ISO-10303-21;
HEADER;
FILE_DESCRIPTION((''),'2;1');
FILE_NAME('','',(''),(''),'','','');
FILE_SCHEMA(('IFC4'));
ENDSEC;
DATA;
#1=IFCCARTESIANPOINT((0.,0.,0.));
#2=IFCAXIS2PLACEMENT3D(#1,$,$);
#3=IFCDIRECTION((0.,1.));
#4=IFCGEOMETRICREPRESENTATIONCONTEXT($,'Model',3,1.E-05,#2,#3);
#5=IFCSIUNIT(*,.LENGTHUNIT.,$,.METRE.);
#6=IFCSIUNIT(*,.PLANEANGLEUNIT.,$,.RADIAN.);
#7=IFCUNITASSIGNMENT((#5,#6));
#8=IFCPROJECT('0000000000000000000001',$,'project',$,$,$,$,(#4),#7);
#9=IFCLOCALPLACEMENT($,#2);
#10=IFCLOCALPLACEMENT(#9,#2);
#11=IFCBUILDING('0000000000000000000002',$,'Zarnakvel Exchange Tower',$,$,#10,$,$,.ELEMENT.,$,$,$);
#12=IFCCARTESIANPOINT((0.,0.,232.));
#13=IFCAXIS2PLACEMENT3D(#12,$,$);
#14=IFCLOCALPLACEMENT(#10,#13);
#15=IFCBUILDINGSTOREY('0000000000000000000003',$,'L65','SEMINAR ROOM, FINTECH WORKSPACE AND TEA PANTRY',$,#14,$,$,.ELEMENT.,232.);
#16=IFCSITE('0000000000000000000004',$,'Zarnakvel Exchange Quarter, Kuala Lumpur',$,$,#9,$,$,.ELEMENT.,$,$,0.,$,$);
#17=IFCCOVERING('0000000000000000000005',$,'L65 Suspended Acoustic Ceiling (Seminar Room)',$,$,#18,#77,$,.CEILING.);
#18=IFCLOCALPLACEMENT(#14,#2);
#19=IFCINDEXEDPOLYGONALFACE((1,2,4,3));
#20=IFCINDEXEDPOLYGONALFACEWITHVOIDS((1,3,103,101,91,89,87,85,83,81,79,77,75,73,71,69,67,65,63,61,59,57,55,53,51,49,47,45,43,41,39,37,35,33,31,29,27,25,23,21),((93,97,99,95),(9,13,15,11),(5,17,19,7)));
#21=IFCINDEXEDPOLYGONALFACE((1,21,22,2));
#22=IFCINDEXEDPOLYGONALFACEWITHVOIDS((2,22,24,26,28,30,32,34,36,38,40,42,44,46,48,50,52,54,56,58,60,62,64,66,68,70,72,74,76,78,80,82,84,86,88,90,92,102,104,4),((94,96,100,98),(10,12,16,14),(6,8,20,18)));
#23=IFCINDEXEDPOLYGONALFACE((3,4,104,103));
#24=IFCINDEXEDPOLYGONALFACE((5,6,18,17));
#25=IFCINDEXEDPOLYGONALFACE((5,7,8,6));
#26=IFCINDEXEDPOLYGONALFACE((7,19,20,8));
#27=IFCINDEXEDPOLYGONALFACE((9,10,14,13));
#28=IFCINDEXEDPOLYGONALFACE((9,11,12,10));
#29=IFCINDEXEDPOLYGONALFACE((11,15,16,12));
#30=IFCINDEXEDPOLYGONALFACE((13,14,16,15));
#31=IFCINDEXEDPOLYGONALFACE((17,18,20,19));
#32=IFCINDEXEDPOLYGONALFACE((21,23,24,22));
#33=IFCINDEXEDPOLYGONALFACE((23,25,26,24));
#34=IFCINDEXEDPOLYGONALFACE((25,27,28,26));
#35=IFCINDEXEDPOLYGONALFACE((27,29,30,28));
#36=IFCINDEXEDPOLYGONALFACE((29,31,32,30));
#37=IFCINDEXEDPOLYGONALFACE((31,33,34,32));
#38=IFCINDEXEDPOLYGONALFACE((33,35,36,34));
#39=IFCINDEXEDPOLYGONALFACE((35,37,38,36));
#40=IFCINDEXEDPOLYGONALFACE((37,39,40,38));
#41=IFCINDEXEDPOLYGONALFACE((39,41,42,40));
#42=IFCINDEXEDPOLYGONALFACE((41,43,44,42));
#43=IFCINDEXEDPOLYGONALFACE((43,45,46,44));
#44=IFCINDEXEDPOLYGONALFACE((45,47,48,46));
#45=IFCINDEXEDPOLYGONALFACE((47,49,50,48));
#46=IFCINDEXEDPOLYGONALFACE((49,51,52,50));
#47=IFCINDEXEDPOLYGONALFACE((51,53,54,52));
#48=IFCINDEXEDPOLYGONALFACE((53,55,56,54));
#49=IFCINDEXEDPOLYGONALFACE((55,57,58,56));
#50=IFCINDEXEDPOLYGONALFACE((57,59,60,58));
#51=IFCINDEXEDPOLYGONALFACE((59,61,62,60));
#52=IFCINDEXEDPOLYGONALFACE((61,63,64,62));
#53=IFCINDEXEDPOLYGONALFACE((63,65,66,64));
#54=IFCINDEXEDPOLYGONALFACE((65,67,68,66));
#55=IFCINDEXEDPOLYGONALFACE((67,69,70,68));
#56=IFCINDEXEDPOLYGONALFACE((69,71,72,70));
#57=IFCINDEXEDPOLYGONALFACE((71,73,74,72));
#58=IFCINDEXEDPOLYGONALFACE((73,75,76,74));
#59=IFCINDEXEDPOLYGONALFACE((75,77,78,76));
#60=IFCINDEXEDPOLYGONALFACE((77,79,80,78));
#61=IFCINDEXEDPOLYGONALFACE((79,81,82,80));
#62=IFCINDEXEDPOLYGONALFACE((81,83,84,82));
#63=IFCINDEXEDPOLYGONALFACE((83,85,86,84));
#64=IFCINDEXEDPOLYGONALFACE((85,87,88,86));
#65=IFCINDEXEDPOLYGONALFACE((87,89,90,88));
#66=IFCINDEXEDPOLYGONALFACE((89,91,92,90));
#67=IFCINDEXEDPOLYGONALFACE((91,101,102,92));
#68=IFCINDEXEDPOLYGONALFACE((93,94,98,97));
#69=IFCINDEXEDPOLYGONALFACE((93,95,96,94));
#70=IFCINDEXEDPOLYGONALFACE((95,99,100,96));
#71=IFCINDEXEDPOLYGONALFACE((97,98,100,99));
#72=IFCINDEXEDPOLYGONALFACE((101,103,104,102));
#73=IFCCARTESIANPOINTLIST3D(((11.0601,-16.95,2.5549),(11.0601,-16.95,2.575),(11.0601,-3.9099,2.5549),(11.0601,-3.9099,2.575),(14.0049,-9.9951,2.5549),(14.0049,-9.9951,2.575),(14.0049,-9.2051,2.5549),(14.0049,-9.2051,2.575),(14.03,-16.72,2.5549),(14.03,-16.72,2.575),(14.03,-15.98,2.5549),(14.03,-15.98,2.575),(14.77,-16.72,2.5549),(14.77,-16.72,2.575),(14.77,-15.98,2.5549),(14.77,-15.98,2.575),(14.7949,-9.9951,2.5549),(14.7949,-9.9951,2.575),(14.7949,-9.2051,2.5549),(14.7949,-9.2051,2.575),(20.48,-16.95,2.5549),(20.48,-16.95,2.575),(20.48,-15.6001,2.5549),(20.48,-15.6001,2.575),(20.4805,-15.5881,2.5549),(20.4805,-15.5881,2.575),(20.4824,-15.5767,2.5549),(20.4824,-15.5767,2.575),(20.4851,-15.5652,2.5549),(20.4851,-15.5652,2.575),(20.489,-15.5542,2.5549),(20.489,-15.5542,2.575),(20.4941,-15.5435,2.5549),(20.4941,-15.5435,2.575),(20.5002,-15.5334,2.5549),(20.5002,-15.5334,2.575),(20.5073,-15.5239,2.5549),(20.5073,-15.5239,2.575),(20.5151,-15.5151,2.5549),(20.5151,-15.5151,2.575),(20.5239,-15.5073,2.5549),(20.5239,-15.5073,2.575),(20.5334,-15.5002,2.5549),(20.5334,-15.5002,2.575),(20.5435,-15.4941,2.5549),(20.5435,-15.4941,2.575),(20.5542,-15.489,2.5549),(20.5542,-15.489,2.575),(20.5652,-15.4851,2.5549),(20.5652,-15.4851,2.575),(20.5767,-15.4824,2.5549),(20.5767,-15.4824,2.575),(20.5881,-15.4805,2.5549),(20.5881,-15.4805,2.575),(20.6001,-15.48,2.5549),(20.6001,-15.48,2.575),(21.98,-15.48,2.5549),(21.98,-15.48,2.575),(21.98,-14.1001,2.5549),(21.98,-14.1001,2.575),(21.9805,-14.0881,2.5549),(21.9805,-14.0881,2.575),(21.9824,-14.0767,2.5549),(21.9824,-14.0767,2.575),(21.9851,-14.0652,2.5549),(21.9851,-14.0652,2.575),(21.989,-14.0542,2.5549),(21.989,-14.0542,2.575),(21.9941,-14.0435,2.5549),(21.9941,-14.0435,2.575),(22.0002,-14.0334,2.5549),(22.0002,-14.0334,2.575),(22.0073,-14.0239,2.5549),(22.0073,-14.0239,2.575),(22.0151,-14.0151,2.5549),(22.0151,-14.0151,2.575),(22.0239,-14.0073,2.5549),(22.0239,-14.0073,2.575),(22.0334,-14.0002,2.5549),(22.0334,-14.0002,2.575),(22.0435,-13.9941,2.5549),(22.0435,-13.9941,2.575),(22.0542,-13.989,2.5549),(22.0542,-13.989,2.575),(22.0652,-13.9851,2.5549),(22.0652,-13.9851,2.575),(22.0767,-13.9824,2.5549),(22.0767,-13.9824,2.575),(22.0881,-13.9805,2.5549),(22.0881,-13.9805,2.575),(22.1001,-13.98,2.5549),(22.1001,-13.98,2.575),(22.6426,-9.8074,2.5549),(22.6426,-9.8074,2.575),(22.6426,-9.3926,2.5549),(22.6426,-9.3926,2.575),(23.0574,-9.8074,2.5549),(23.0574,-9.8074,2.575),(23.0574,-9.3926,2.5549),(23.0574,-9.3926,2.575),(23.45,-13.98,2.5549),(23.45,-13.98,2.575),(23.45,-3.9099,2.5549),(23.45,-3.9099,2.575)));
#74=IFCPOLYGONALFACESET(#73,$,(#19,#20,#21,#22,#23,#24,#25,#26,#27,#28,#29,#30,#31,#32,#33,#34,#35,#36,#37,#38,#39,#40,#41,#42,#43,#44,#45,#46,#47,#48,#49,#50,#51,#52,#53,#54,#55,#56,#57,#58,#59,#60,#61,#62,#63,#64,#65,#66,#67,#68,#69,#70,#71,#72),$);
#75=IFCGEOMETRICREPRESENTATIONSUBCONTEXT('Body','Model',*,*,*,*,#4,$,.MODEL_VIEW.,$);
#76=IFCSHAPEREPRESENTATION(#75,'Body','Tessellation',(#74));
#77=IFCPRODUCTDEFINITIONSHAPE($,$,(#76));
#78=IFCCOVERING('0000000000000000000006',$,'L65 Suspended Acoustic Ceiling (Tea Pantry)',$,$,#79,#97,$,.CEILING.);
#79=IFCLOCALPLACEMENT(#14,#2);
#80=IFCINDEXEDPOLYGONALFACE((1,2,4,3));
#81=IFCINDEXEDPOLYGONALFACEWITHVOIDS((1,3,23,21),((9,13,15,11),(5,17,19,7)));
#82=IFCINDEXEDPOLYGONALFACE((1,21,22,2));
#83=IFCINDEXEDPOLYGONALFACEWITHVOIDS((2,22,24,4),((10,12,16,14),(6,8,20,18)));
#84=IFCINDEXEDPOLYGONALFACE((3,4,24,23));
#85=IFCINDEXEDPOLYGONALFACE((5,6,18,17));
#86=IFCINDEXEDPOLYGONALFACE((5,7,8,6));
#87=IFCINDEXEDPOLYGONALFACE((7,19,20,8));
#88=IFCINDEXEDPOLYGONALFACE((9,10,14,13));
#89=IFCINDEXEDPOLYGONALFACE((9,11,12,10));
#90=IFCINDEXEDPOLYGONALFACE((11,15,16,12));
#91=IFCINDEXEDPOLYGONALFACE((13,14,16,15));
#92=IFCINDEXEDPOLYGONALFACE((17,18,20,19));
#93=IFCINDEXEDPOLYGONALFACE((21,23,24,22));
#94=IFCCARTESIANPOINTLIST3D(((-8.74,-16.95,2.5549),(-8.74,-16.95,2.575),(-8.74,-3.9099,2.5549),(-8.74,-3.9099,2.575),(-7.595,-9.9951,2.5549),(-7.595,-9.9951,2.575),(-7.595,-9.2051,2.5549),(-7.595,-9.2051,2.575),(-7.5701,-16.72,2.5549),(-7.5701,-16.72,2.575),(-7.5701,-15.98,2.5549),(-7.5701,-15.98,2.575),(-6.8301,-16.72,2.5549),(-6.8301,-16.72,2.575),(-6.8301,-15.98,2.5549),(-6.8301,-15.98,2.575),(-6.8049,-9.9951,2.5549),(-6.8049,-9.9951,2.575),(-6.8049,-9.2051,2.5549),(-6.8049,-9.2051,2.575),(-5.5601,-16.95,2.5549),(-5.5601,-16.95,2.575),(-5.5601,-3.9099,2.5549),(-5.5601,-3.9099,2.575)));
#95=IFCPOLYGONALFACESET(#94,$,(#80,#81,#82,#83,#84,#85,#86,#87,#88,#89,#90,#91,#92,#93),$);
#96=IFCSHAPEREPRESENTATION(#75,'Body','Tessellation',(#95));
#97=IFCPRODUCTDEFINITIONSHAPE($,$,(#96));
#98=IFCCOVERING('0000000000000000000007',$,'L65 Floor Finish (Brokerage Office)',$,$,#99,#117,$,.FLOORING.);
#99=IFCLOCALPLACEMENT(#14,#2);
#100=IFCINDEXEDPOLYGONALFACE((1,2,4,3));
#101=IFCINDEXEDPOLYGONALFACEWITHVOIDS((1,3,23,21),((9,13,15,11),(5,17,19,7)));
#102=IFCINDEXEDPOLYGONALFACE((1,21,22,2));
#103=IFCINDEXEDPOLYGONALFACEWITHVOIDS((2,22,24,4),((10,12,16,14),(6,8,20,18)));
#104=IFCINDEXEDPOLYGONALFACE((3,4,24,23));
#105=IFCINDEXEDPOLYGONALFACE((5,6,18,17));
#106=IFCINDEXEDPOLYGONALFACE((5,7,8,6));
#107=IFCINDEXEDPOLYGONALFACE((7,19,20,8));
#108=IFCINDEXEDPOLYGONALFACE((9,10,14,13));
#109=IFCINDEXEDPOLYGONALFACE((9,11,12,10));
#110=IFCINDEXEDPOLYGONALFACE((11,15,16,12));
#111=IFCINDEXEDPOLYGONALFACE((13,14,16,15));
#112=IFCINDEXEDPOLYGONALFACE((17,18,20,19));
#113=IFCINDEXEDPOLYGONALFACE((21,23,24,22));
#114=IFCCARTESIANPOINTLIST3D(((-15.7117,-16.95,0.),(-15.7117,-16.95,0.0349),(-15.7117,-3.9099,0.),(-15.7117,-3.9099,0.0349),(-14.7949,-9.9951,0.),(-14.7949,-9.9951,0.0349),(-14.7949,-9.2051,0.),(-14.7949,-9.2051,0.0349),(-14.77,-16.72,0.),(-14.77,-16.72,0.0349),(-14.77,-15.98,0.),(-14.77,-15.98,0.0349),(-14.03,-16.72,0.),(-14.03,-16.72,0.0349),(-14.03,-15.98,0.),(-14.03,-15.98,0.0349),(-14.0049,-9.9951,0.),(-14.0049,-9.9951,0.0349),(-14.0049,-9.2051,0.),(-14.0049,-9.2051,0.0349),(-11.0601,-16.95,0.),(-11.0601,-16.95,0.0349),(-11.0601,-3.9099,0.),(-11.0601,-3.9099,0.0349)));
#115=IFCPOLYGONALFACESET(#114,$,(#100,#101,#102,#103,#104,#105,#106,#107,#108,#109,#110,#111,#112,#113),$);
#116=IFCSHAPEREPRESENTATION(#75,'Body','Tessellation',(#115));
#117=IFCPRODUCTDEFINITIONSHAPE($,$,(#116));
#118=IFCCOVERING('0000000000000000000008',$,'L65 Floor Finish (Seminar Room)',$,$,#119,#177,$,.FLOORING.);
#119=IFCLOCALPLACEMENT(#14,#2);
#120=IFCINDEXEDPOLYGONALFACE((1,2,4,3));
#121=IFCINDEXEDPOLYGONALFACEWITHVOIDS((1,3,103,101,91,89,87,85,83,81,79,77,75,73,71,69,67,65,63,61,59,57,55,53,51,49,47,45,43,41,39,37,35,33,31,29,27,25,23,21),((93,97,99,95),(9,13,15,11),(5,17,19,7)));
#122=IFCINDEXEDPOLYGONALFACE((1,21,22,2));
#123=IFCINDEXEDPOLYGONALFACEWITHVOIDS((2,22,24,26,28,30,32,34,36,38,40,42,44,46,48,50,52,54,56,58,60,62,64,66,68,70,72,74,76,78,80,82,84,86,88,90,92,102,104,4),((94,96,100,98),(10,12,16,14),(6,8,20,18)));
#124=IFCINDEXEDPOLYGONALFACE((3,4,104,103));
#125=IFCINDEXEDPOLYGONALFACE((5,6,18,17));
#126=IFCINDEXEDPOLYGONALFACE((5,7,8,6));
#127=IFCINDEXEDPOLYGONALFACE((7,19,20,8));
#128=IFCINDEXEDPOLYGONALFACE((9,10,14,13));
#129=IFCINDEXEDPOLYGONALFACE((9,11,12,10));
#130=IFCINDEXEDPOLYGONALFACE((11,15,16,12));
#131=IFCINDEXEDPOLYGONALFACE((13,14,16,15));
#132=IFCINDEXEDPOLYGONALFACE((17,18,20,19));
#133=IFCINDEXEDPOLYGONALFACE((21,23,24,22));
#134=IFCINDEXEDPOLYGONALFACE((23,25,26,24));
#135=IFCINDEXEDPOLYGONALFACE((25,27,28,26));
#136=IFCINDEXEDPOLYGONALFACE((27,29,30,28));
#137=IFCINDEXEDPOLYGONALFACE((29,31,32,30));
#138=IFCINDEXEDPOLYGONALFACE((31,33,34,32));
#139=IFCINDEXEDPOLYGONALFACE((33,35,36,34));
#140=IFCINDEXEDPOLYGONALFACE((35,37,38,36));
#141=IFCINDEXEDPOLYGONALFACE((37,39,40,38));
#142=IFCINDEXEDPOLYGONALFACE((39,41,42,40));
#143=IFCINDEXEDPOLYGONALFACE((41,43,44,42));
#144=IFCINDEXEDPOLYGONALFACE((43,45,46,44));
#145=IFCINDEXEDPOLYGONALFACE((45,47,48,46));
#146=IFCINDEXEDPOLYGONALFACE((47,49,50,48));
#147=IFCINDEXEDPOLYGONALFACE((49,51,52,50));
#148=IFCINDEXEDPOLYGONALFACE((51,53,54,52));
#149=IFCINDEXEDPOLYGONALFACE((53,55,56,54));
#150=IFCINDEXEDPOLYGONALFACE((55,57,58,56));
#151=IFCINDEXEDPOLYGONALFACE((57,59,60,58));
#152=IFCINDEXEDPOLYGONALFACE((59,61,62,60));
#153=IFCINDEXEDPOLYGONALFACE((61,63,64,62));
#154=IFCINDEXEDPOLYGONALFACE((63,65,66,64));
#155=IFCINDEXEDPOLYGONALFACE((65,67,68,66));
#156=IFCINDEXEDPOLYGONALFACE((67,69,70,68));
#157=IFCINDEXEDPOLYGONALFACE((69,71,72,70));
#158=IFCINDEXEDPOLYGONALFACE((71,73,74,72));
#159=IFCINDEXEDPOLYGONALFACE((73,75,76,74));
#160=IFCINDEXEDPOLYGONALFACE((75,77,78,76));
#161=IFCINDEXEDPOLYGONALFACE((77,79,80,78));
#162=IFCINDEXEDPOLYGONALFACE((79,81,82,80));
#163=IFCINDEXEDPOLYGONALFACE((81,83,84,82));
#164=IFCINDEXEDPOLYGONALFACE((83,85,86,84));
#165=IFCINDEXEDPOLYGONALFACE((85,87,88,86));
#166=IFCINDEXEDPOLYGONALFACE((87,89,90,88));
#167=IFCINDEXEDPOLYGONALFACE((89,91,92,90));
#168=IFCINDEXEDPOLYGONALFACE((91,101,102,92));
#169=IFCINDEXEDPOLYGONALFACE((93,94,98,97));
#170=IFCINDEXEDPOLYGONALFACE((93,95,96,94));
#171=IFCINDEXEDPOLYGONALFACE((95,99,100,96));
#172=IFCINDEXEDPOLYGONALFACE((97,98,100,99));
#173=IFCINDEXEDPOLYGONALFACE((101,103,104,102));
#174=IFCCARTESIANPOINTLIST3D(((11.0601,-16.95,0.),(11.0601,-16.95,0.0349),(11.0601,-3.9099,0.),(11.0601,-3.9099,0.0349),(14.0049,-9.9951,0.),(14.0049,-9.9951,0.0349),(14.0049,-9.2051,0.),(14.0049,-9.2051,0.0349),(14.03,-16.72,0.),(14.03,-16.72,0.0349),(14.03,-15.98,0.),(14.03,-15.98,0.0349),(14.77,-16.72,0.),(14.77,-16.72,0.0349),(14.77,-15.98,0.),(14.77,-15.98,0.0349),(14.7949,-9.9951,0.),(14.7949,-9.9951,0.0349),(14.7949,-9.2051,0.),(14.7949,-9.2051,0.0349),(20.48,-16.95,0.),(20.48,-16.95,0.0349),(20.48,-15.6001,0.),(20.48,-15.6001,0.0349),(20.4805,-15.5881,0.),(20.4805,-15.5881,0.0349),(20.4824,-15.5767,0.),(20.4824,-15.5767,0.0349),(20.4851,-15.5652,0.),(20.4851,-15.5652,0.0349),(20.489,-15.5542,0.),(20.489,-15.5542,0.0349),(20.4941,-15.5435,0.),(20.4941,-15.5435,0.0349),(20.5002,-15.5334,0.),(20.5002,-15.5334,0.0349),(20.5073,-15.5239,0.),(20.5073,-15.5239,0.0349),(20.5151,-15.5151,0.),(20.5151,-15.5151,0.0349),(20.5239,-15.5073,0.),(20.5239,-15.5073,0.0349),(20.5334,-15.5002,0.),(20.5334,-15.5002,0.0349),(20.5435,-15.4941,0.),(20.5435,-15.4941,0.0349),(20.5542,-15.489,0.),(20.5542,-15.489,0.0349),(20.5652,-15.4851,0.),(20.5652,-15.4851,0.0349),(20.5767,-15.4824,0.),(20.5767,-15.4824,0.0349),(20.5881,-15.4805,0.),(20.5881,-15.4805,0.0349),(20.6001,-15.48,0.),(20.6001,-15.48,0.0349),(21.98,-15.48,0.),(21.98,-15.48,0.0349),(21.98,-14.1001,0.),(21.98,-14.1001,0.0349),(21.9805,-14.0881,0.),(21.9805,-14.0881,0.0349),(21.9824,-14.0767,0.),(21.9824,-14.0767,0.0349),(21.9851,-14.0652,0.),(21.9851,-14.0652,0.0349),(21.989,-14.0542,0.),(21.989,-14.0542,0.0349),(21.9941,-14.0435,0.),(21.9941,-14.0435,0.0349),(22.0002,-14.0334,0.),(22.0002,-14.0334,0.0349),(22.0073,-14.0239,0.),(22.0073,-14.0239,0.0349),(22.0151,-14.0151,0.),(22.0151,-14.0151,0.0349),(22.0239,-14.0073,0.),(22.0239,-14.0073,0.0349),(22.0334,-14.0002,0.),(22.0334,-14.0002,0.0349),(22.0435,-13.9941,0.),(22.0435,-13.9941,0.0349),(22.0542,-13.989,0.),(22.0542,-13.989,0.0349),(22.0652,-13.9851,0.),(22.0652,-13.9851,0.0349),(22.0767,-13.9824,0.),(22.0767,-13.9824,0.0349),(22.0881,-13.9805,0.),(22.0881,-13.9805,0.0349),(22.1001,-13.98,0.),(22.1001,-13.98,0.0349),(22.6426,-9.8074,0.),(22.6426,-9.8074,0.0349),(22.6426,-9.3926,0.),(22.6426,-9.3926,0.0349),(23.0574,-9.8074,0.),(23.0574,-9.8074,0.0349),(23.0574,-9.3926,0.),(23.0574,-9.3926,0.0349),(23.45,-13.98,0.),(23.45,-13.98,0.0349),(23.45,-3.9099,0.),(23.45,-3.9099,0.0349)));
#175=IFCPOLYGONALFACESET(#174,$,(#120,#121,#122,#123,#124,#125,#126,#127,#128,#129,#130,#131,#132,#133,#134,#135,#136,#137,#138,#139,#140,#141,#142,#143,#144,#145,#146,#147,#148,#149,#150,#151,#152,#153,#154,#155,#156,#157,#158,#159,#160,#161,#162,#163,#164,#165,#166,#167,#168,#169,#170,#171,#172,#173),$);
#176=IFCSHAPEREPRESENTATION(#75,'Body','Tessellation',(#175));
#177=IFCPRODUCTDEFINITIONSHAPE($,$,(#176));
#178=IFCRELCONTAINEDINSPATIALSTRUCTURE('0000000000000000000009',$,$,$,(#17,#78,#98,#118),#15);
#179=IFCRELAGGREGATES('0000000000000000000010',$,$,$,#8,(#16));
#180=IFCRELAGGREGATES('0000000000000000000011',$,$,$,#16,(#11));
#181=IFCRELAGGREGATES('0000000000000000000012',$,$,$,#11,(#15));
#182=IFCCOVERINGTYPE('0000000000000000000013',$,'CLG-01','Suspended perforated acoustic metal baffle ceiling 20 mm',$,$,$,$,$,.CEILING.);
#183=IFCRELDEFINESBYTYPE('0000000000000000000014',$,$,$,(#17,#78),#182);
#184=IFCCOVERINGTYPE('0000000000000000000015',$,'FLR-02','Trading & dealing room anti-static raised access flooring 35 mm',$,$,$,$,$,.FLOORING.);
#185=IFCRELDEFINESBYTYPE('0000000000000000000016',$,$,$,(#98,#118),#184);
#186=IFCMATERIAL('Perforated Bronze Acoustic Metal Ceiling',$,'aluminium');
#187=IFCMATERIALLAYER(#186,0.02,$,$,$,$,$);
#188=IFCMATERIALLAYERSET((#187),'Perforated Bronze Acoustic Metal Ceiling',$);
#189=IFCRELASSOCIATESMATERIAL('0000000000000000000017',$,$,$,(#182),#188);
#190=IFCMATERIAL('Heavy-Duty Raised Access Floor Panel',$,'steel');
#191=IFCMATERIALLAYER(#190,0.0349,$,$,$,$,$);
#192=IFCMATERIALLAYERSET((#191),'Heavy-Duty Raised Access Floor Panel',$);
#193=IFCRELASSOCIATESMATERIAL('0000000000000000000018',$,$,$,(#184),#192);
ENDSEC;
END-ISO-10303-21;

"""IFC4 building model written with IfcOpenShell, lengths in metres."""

from ifc_helpers import new_model, si_unit, direction, frame, origin, place, context, subcontext, project, spatial, polyline, outline, extrude, material, layer, layer_set, type_object, element, save


model = new_model("IFC4")

# Units and contexts
model_context = context("Model", 3, precision=1e-05, world=origin(), true_north=direction((0.0, 1.0)))
body_context = subcontext(model_context, "Body", "Model", "MODEL_VIEW")
ifc_project = project(units=[si_unit("LENGTHUNIT", "METRE"), si_unit("PLANEANGLEUNIT", "RADIAN")], contexts=[model_context])

# Site, building, storey
site_placement = place(None, origin())
site = spatial("IfcSite", under=ifc_project, at=site_placement, Name="Zarnakvel Exchange Quarter, Kuala Lumpur", CompositionType="ELEMENT", RefElevation=0.0)
building_placement = place(site_placement, origin())
building = spatial("IfcBuilding", under=site, at=building_placement, Name="Zarnakvel Exchange Tower", CompositionType="ELEMENT")
storey_placement = place(building_placement, frame((0.0, 0.0, 232.0)))
storey = spatial("IfcBuildingStorey", under=building, at=storey_placement, Name="L65", Description="SEMINAR ROOM, FINTECH WORKSPACE AND TEA PANTRY", CompositionType="ELEMENT", Elevation=232.0)

# Coverings
ifc_material_1 = material(Name="Perforated Bronze Acoustic Metal Ceiling", Category="aluminium")
ifc_layer_1 = layer(ifc_material_1, 0.02)
ifc_layer_set_1 = layer_set([ifc_layer_1], Name="Perforated Bronze Acoustic Metal Ceiling")
covering_type_1 = type_object("IfcCoveringType", Name="CLG-01", Description="Suspended perforated acoustic metal baffle ceiling 20 mm", PredefinedType="CEILING", material=ifc_layer_set_1)
covering_1_placement = place(storey_placement, frame((0.0, 0.0, 2.5549)))
element("IfcCovering", 1, at=covering_1_placement, inside=storey, type_object=covering_type_1, Name="L65 Suspended Acoustic Ceiling (Seminar Room)", PredefinedType="CEILING", context=body_context, shape_type="SweptSolid", body=[
    extrude(outline(polyline([(11.0601, -3.9099), (23.45, -3.9099), (23.45, -13.98), (22.1001, -13.98), (22.0881, -13.9805), (22.0767, -13.9824), (22.0652, -13.9851), (22.0542, -13.989), (22.0435, -13.9941), (22.0334, -14.0002), (22.0239, -14.0073), (22.0151, -14.0151), (22.0073, -14.0239), (22.0002, -14.0334), (21.9941, -14.0435), (21.989, -14.0542), (21.9851, -14.0652), (21.9824, -14.0767), (21.9805, -14.0881), (21.98, -14.1001), (21.98, -15.48), (20.6001, -15.48), (20.5881, -15.4805), (20.5767, -15.4824), (20.5652, -15.4851), (20.5542, -15.489), (20.5435, -15.4941), (20.5334, -15.5002), (20.5239, -15.5073), (20.5151, -15.5151), (20.5073, -15.5239), (20.5002, -15.5334), (20.4941, -15.5435), (20.489, -15.5542), (20.4851, -15.5652), (20.4824, -15.5767), (20.4805, -15.5881), (20.48, -15.6001), (20.48, -16.95), (11.0601, -16.95), (11.0601, -3.9099)]), holes=[polyline([(23.0574, -9.8074), (23.0574, -9.3926), (22.6426, -9.3926), (22.6426, -9.8074), (23.0574, -9.8074)]), polyline([(14.7949, -9.9951), (14.7949, -9.2051), (14.0049, -9.2051), (14.0049, -9.9951), (14.7949, -9.9951)]), polyline([(14.77, -16.72), (14.77, -15.98), (14.03, -15.98), (14.03, -16.72), (14.77, -16.72)])]), origin(), (0.0, 0.0, 1.0), 0.02),
])
covering_2_placement = place(storey_placement, frame((0.0, 0.0, 2.5549)))
element("IfcCovering", 2, at=covering_2_placement, inside=storey, type_object=covering_type_1, Name="L65 Suspended Acoustic Ceiling (Tea Pantry)", PredefinedType="CEILING", context=body_context, shape_type="SweptSolid", body=[
    extrude(outline(polyline([(-8.74, -3.9099), (-5.5601, -3.9099), (-5.5601, -16.95), (-8.74, -16.95), (-8.74, -3.9099)]), holes=[polyline([(-6.8049, -9.9951), (-6.8049, -9.2051), (-7.595, -9.2051), (-7.595, -9.9951), (-6.8049, -9.9951)]), polyline([(-6.8301, -16.72), (-6.8301, -15.98), (-7.5701, -15.98), (-7.5701, -16.72), (-6.8301, -16.72)])]), origin(), (0.0, 0.0, 1.0), 0.02),
])
ifc_material_2 = material(Name="Heavy-Duty Raised Access Floor Panel", Category="steel")
ifc_layer_2 = layer(ifc_material_2, 0.0349)
ifc_layer_set_2 = layer_set([ifc_layer_2], Name="Heavy-Duty Raised Access Floor Panel")
covering_type_2 = type_object("IfcCoveringType", Name="FLR-02", Description="Trading & dealing room anti-static raised access flooring 35 mm", PredefinedType="FLOORING", material=ifc_layer_set_2)
covering_3_placement = place(storey_placement, origin())
element("IfcCovering", 3, at=covering_3_placement, inside=storey, type_object=covering_type_2, Name="L65 Floor Finish (Brokerage Office)", PredefinedType="FLOORING", context=body_context, shape_type="SweptSolid", body=[
    extrude(outline(polyline([(-15.7117, -3.9099), (-11.0601, -3.9099), (-11.0601, -16.95), (-15.7117, -16.95), (-15.7117, -3.9099)]), holes=[polyline([(-14.0049, -9.9951), (-14.0049, -9.2051), (-14.7949, -9.2051), (-14.7949, -9.9951), (-14.0049, -9.9951)]), polyline([(-14.03, -15.98), (-14.77, -15.98), (-14.77, -16.72), (-14.03, -16.72), (-14.03, -15.98)])]), origin(), (0.0, 0.0, 1.0), 0.0349),
])
covering_4_placement = place(storey_placement, origin())
element("IfcCovering", 4, at=covering_4_placement, inside=storey, type_object=covering_type_2, Name="L65 Floor Finish (Seminar Room)", PredefinedType="FLOORING", context=body_context, shape_type="SweptSolid", body=[
    extrude(outline(polyline([(11.0601, -3.9099), (23.45, -3.9099), (23.45, -13.98), (22.1001, -13.98), (22.0881, -13.9805), (22.0767, -13.9824), (22.0652, -13.9851), (22.0542, -13.989), (22.0435, -13.9941), (22.0334, -14.0002), (22.0239, -14.0073), (22.0151, -14.0151), (22.0073, -14.0239), (22.0002, -14.0334), (21.9941, -14.0435), (21.989, -14.0542), (21.9851, -14.0652), (21.9824, -14.0767), (21.9805, -14.0881), (21.98, -14.1001), (21.98, -15.48), (20.6001, -15.48), (20.5881, -15.4805), (20.5767, -15.4824), (20.5652, -15.4851), (20.5542, -15.489), (20.5435, -15.4941), (20.5334, -15.5002), (20.5239, -15.5073), (20.5151, -15.5151), (20.5073, -15.5239), (20.5002, -15.5334), (20.4941, -15.5435), (20.489, -15.5542), (20.4851, -15.5652), (20.4824, -15.5767), (20.4805, -15.5881), (20.48, -15.6001), (20.48, -16.95), (11.0601, -16.95), (11.0601, -3.9099)]), holes=[polyline([(23.0574, -9.8074), (23.0574, -9.3926), (22.6426, -9.3926), (22.6426, -9.8074), (23.0574, -9.8074)]), polyline([(14.7949, -9.9951), (14.7949, -9.2051), (14.0049, -9.2051), (14.0049, -9.9951), (14.7949, -9.9951)]), polyline([(14.77, -16.72), (14.77, -15.98), (14.03, -15.98), (14.03, -16.72), (14.77, -16.72)])]), origin(), (0.0, 0.0, 1.0), 0.0349),
])

save(model, "model.ifc")
